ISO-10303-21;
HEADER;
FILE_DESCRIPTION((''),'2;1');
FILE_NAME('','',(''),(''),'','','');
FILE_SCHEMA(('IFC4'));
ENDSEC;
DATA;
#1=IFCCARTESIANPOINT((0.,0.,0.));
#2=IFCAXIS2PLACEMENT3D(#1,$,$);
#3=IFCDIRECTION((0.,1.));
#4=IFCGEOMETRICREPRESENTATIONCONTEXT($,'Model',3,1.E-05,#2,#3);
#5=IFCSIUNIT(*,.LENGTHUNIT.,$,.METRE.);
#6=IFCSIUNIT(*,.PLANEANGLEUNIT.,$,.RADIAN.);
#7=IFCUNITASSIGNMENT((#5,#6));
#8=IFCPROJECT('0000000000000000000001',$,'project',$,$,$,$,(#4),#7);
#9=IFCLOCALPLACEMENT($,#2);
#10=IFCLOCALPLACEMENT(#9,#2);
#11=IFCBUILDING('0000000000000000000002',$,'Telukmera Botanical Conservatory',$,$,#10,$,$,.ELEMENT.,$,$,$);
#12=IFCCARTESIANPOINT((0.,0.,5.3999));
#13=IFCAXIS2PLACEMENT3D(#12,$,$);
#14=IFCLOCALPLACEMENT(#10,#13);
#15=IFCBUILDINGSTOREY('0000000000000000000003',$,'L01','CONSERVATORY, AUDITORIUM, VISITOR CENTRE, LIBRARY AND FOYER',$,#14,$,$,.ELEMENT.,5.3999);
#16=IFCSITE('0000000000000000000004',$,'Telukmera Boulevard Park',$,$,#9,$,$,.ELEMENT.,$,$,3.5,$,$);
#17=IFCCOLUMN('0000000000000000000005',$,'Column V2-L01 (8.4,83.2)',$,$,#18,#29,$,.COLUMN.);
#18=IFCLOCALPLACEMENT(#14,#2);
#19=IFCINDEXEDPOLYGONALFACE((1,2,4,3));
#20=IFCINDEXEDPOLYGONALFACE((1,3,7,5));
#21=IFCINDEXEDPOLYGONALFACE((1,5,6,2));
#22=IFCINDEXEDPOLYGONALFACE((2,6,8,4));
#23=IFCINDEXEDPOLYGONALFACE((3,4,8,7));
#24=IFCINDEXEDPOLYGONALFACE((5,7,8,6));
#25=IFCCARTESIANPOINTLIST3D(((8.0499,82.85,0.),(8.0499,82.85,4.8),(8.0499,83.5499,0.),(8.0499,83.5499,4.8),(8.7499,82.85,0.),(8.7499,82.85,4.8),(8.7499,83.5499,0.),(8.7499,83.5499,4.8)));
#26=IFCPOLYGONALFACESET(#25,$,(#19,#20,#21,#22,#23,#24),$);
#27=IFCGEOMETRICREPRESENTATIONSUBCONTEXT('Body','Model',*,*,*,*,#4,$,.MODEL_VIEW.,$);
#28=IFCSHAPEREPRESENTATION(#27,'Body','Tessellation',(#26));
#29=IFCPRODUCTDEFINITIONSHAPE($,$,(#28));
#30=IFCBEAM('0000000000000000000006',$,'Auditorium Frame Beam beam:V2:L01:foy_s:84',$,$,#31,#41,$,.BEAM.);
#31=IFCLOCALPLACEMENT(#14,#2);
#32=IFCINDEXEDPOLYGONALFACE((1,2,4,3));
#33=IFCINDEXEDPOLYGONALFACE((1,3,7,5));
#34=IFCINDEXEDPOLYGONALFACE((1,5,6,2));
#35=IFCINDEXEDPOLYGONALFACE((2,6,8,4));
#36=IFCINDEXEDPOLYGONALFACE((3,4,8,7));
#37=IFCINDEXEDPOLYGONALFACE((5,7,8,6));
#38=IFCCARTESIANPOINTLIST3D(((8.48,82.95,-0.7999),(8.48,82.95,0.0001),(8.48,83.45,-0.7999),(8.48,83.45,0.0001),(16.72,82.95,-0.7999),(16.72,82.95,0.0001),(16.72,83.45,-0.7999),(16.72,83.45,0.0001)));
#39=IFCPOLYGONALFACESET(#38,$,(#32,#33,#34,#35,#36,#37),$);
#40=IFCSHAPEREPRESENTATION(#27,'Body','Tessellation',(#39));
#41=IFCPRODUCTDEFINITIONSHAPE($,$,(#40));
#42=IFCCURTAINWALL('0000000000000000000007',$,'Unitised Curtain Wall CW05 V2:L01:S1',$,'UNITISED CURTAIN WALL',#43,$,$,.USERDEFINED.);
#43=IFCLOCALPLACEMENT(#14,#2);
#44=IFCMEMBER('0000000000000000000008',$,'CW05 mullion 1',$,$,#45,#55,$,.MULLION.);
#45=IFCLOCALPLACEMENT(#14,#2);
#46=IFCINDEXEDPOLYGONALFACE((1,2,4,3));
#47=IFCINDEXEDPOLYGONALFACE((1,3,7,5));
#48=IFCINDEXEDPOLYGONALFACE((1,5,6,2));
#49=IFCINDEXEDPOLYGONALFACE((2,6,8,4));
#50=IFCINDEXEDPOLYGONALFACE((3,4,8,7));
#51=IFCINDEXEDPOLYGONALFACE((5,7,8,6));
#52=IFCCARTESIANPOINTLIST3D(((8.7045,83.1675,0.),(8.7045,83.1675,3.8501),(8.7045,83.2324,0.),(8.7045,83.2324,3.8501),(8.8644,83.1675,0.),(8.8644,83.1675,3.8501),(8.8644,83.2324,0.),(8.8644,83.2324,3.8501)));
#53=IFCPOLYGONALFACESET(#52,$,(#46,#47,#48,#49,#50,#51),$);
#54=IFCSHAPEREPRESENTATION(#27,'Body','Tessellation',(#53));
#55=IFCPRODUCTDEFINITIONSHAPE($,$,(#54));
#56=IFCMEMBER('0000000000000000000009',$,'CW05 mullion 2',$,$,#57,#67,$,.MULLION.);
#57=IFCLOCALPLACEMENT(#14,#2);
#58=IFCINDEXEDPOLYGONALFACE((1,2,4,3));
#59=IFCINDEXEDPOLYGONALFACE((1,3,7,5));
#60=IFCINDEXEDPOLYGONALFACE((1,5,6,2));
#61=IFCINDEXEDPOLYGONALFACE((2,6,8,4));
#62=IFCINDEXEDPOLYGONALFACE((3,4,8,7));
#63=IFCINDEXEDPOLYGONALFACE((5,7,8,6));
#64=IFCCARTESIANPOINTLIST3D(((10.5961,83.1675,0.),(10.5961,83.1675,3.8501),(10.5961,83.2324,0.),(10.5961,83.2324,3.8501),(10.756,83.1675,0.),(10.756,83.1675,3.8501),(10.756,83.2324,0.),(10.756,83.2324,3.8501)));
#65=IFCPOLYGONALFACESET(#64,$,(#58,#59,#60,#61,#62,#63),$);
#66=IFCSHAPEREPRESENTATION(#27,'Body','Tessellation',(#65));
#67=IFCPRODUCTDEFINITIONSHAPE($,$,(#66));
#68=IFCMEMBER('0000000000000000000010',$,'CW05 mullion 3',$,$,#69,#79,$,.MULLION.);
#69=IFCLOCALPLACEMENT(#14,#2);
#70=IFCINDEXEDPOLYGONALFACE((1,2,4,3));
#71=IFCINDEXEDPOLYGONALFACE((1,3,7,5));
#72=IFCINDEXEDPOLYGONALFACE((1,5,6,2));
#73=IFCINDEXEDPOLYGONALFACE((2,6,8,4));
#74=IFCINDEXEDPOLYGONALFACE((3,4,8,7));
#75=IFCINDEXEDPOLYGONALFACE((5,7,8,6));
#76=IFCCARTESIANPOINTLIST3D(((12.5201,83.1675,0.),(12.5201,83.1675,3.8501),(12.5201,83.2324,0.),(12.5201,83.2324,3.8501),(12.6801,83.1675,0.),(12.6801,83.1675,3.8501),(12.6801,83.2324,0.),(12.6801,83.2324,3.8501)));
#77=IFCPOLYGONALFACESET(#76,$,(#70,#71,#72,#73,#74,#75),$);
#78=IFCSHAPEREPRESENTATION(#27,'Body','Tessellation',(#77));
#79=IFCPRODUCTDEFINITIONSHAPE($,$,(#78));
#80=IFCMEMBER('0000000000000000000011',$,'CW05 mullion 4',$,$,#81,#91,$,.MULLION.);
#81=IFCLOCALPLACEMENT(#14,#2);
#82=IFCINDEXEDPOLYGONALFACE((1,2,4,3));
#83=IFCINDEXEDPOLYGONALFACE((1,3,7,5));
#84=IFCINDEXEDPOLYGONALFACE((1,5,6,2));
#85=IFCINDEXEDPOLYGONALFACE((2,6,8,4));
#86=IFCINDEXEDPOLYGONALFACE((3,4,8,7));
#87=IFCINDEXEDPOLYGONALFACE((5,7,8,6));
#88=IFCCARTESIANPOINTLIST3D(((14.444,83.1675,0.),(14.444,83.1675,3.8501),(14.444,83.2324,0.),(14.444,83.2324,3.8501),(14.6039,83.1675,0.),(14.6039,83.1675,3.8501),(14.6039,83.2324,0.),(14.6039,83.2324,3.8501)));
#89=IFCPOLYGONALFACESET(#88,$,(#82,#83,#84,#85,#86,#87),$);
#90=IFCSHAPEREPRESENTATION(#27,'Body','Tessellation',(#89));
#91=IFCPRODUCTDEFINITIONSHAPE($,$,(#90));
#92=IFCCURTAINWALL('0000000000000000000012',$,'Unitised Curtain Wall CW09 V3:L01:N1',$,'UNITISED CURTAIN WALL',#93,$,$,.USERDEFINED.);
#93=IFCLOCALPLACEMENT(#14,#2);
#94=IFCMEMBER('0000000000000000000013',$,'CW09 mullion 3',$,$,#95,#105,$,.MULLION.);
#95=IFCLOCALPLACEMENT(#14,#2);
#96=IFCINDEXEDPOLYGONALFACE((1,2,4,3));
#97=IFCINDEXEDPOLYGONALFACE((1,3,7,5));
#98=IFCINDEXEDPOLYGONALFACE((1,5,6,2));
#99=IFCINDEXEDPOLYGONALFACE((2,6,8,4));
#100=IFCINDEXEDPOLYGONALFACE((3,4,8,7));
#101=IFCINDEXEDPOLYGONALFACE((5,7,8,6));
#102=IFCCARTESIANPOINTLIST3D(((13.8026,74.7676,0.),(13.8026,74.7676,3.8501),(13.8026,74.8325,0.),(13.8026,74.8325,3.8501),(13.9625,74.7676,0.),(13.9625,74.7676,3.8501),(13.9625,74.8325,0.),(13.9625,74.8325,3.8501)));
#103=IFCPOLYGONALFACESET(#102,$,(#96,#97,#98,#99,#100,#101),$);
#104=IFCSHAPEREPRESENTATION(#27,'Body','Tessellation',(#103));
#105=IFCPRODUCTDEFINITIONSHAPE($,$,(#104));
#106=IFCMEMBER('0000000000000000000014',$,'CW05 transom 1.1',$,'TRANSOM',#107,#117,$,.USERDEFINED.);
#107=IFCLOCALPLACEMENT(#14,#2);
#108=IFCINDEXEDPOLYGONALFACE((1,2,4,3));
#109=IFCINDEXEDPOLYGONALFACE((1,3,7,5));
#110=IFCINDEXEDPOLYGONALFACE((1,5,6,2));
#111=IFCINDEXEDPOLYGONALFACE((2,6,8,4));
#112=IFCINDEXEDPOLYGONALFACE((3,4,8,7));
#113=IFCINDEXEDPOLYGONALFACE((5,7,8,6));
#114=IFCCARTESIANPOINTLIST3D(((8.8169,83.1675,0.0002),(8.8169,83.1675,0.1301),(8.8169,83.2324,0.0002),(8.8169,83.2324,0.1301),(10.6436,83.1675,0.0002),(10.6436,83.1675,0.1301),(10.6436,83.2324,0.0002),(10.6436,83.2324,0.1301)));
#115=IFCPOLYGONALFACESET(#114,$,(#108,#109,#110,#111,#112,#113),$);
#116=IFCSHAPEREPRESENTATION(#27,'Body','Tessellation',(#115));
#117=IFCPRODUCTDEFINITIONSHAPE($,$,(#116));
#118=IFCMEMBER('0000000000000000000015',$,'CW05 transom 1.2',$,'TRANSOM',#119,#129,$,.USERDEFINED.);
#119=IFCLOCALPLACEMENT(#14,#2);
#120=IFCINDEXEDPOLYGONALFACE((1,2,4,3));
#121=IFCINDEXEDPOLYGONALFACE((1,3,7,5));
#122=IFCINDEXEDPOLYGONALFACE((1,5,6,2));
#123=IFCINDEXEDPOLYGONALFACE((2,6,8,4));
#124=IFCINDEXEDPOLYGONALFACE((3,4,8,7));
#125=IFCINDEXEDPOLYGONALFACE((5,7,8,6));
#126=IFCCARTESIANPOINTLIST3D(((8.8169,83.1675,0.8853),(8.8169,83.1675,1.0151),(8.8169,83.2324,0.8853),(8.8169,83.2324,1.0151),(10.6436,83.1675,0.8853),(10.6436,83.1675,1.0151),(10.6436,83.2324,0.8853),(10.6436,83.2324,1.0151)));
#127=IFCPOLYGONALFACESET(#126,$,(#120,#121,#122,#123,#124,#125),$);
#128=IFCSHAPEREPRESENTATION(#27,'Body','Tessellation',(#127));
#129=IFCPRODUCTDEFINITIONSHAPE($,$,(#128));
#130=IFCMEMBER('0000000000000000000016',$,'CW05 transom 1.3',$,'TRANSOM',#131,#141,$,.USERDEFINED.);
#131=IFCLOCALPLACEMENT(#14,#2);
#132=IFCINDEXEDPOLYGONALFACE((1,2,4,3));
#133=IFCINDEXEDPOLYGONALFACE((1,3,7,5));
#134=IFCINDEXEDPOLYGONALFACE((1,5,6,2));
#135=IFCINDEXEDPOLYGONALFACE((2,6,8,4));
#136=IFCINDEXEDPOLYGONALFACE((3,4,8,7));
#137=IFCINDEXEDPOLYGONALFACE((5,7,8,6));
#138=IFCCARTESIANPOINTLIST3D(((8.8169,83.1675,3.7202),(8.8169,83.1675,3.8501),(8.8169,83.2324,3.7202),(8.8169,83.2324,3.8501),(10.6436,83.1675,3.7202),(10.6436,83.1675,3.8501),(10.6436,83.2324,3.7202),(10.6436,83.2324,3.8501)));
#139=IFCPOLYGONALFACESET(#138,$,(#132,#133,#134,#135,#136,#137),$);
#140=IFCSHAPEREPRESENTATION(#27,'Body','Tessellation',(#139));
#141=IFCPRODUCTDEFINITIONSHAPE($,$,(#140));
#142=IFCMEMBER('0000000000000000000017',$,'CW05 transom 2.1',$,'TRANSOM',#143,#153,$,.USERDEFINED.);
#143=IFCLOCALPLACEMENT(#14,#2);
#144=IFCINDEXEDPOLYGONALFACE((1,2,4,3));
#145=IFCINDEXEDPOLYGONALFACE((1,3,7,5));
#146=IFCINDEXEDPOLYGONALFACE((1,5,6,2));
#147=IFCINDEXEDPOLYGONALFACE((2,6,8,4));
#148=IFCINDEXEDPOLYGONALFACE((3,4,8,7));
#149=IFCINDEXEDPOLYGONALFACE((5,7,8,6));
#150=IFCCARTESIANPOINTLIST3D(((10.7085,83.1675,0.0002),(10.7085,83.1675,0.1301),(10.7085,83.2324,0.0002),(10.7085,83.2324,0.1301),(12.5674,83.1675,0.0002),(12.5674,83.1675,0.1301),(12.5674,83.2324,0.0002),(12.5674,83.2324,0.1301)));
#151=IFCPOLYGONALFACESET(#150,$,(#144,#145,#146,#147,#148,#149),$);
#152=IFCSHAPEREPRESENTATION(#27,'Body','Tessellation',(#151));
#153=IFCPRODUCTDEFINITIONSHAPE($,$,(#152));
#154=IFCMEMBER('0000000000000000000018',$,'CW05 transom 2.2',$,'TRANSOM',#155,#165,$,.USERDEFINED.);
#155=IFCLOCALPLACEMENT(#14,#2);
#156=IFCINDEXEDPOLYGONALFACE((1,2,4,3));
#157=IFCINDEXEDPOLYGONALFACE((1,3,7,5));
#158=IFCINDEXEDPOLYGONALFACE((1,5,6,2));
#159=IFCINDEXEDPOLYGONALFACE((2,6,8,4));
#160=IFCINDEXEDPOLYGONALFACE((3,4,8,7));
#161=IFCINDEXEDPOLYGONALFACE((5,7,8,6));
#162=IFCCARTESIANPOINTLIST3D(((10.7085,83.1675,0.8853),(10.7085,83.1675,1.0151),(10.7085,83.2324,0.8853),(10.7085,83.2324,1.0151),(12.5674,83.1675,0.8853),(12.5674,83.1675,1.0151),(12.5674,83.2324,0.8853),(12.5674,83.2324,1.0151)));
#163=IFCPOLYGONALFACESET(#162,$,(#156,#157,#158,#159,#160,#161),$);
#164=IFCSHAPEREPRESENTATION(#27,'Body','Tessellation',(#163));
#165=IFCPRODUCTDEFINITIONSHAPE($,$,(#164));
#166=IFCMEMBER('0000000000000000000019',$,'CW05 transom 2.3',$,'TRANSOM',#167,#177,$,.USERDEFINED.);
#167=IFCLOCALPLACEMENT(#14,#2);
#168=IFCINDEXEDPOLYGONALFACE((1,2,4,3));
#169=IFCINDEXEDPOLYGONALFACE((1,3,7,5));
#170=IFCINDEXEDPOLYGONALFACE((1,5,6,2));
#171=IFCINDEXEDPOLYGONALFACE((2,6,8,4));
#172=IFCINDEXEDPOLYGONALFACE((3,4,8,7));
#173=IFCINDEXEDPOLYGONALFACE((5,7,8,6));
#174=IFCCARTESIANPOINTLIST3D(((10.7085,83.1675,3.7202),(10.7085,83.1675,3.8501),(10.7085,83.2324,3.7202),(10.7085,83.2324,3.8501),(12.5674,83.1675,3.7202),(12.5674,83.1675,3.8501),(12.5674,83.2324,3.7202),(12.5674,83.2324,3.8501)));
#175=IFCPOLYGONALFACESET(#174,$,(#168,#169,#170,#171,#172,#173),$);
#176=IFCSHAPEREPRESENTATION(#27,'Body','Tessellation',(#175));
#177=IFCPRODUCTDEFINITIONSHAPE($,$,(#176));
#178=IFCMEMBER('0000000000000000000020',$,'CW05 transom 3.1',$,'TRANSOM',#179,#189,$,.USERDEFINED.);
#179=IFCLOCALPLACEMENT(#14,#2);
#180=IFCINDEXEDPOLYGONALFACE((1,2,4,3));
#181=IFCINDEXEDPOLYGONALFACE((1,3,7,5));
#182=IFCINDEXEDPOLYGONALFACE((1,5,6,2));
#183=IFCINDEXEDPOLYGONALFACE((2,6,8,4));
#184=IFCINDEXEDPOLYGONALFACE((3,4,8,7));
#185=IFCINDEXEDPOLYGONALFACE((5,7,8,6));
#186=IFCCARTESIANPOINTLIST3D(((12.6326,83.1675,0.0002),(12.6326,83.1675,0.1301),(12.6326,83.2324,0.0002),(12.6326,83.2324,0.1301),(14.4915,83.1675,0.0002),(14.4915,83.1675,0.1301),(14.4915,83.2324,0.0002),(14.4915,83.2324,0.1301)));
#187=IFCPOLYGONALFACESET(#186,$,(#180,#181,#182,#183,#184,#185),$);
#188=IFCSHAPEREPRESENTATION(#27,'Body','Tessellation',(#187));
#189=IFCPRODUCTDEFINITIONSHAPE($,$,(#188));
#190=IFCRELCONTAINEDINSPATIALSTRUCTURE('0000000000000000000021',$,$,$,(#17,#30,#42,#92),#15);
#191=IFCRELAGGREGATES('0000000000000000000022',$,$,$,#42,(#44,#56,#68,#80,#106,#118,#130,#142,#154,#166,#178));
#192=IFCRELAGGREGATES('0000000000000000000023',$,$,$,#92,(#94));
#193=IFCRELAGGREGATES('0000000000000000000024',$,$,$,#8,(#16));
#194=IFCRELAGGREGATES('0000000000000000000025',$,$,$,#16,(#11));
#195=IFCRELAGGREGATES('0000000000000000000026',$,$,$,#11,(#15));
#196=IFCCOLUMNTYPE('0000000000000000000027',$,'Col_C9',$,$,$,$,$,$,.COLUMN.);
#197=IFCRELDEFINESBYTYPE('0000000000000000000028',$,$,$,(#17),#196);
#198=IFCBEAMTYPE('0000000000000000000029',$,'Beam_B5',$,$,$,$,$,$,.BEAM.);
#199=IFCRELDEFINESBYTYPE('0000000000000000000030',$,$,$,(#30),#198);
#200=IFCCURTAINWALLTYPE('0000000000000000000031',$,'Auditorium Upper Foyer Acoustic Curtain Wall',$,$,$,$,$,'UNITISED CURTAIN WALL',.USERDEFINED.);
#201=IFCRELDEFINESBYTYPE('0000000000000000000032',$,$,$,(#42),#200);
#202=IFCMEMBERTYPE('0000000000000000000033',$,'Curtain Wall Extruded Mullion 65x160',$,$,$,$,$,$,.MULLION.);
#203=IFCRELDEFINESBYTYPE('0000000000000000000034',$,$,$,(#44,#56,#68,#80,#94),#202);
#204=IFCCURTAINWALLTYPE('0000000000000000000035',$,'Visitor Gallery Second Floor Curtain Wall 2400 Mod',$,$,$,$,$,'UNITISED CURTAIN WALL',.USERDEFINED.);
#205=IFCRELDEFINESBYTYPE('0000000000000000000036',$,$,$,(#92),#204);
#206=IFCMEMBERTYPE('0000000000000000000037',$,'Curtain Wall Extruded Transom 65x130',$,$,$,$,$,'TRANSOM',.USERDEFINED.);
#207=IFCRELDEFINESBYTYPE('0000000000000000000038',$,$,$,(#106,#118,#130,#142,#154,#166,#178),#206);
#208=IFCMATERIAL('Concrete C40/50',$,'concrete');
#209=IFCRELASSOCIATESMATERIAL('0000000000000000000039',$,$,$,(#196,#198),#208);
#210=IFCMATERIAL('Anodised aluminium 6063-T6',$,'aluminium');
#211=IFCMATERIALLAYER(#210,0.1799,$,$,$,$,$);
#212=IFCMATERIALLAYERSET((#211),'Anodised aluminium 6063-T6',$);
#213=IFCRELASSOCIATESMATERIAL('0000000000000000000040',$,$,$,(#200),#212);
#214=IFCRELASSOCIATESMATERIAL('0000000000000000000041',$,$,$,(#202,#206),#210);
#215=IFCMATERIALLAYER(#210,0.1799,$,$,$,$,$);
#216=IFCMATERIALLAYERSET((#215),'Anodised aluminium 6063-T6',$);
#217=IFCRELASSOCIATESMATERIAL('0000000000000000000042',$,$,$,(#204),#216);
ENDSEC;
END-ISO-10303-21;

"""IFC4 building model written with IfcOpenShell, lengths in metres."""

from ifc_helpers import new_model, si_unit, direction, frame, origin, origin_2d, place, context, subcontext, project, spatial, rectangle, extrude, material, layer, layer_set, material_profile, profile_set, type_object, element, aggregate, save


model = new_model("IFC4")

# Units and contexts
model_context = context("Model", 3, precision=1e-05, world=origin(), true_north=direction((0.0, 1.0)))
body_context = subcontext(model_context, "Body", "Model", "MODEL_VIEW")
ifc_project = project(units=[si_unit("LENGTHUNIT", "METRE"), si_unit("PLANEANGLEUNIT", "RADIAN")], contexts=[model_context])

# Site, building, storey
site_placement = place(None, origin())
site = spatial("IfcSite", under=ifc_project, at=site_placement, Name="Telukmera Boulevard Park", CompositionType="ELEMENT", RefElevation=3.5)
building_placement = place(site_placement, origin())
building = spatial("IfcBuilding", under=site, at=building_placement, Name="Telukmera Botanical Conservatory", CompositionType="ELEMENT")
storey_placement = place(building_placement, frame((0.0, 0.0, 5.3999)))
storey = spatial("IfcBuildingStorey", under=building, at=storey_placement, Name="L01", Description="CONSERVATORY, AUDITORIUM, VISITOR CENTRE, LIBRARY AND FOYER", CompositionType="ELEMENT", Elevation=5.3999)

# Column
ifc_material_1 = material(Name="Concrete C40/50", Category="concrete")
ifc_material_profile_1 = material_profile(ifc_material_1, rectangle(XDim=0.7, YDim=0.7, at=origin_2d()), Name="RC 700x700")
ifc_profile_set_1 = profile_set([ifc_material_profile_1], Name="Concrete C40/50")
column_type = type_object("IfcColumnType", Name="Col_C9", PredefinedType="COLUMN", material=ifc_profile_set_1)
column_placement = place(storey_placement, frame((8.3999, 83.2, 0.0), z_axis=(0.0, 0.0, 1.0), x_axis=(1.0, 0.0, 0.0)))
element("IfcColumn", 1, at=column_placement, inside=storey, type_object=column_type, Name="Column V2-L01 (8.4,83.2)", PredefinedType="COLUMN", context=body_context, shape_type="SweptSolid", body=[
    extrude(rectangle(XDim=0.7, YDim=0.7, at=origin_2d()), origin(), (0.0, 0.0, 1.0), 4.8),
])

# Beam
ifc_material_profile_2 = material_profile(ifc_material_1, rectangle(XDim=0.5, YDim=0.8, at=origin_2d()), Name="RC 500x800")
ifc_profile_set_2 = profile_set([ifc_material_profile_2], Name="Concrete C40/50")
beam_type = type_object("IfcBeamType", Name="Beam_B5", PredefinedType="BEAM", material=ifc_profile_set_2)
beam_placement = place(storey_placement, frame((8.48, 83.2, -0.3999), z_axis=(1.0, 0.0, 0.0), x_axis=(0.0, 1.0, 0.0)))
element("IfcBeam", 2, at=beam_placement, inside=storey, type_object=beam_type, Name="Auditorium Frame Beam beam:V2:L01:foy_s:84", PredefinedType="BEAM", context=body_context, shape_type="SweptSolid", body=[
    extrude(rectangle(XDim=0.5, YDim=0.8, at=origin_2d()), origin(), (0.0, 0.0, 1.0), 8.24),
])

# Curtain wall, members
ifc_material_2 = material(Name="Anodised aluminium 6063-T6", Category="aluminium")
ifc_layer_1 = layer(ifc_material_2, 0.1799)
ifc_layer_set_1 = layer_set([ifc_layer_1], Name="Anodised aluminium 6063-T6")
curtain_wall_type_1 = type_object("IfcCurtainWallType", Name="Auditorium Upper Foyer Acoustic Curtain Wall", ElementType="UNITISED CURTAIN WALL", PredefinedType="USERDEFINED", material=ifc_layer_set_1)
curtain_wall_1_placement = place(storey_placement, origin())
curtain_wall_1 = element("IfcCurtainWall", 3, at=curtain_wall_1_placement, inside=storey, type_object=curtain_wall_type_1, Name="Unitised Curtain Wall CW05 V2:L01:S1", ObjectType="UNITISED CURTAIN WALL", PredefinedType="USERDEFINED")
ifc_material_profile_3 = material_profile(ifc_material_2, rectangle(XDim=0.0649, YDim=0.1599, at=origin_2d()), Name="ALU MULL 65x160")
ifc_profile_set_3 = profile_set([ifc_material_profile_3], Name="Anodised aluminium 6063-T6")
member_type_1 = type_object("IfcMemberType", Name="Curtain Wall Extruded Mullion 65x160", PredefinedType="MULLION", material=ifc_profile_set_3)
member_1_placement = place(storey_placement, frame((8.7844, 83.2, 0.0), z_axis=(0.0, 0.0, 1.0), x_axis=(0.0, 1.0, 0.0)))
member_1 = element("IfcMember", 4, at=member_1_placement, type_object=member_type_1, Name="CW05 mullion 1", PredefinedType="MULLION", context=body_context, shape_type="SweptSolid", body=[
    extrude(rectangle(XDim=0.0649, YDim=0.1599, at=origin_2d()), origin(), (0.0, 0.0, 1.0), 3.8501),
])
member_2_placement = place(storey_placement, frame((10.676, 83.2, 0.0), z_axis=(0.0, 0.0, 1.0), x_axis=(0.0, 1.0, 0.0)))
member_2 = element("IfcMember", 5, at=member_2_placement, type_object=member_type_1, Name="CW05 mullion 2", PredefinedType="MULLION", context=body_context, shape_type="SweptSolid", body=[
    extrude(rectangle(XDim=0.0649, YDim=0.1599, at=origin_2d()), origin(), (0.0, 0.0, 1.0), 3.8501),
])
member_3_placement = place(storey_placement, frame((12.6001, 83.2, 0.0), z_axis=(0.0, 0.0, 1.0), x_axis=(0.0, 1.0, 0.0)))
member_3 = element("IfcMember", 6, at=member_3_placement, type_object=member_type_1, Name="CW05 mullion 3", PredefinedType="MULLION", context=body_context, shape_type="SweptSolid", body=[
    extrude(rectangle(XDim=0.0649, YDim=0.1599, at=origin_2d()), origin(), (0.0, 0.0, 1.0), 3.8501),
])
member_4_placement = place(storey_placement, frame((14.5239, 83.2, 0.0), z_axis=(0.0, 0.0, 1.0), x_axis=(0.0, 1.0, 0.0)))
member_4 = element("IfcMember", 7, at=member_4_placement, type_object=member_type_1, Name="CW05 mullion 4", PredefinedType="MULLION", context=body_context, shape_type="SweptSolid", body=[
    extrude(rectangle(XDim=0.0649, YDim=0.1599, at=origin_2d()), origin(), (0.0, 0.0, 1.0), 3.8501),
])

# Curtain wall, member
ifc_layer_2 = layer(ifc_material_2, 0.1799)
ifc_layer_set_2 = layer_set([ifc_layer_2], Name="Anodised aluminium 6063-T6")
curtain_wall_type_2 = type_object("IfcCurtainWallType", Name="Visitor Gallery Second Floor Curtain Wall 2400 Mod", ElementType="UNITISED CURTAIN WALL", PredefinedType="USERDEFINED", material=ifc_layer_set_2)
curtain_wall_2_placement = place(storey_placement, origin())
curtain_wall_2 = element("IfcCurtainWall", 8, at=curtain_wall_2_placement, inside=storey, type_object=curtain_wall_type_2, Name="Unitised Curtain Wall CW09 V3:L01:N1", ObjectType="UNITISED CURTAIN WALL", PredefinedType="USERDEFINED")
member_5_placement = place(storey_placement, frame((13.8826, 74.8, 0.0), z_axis=(0.0, 0.0, 1.0), x_axis=(0.0, 1.0, 0.0)))
member_5 = element("IfcMember", 9, at=member_5_placement, type_object=member_type_1, Name="CW09 mullion 3", PredefinedType="MULLION", context=body_context, shape_type="SweptSolid", body=[
    extrude(rectangle(XDim=0.0649, YDim=0.1599, at=origin_2d()), origin(), (0.0, 0.0, 1.0), 3.8501),
])

# Members
ifc_material_profile_4 = material_profile(ifc_material_2, rectangle(XDim=0.0649, YDim=0.1299, at=origin_2d()), Name="ALU TRAN 65x130")
ifc_profile_set_4 = profile_set([ifc_material_profile_4], Name="Anodised aluminium 6063-T6")
member_type_2 = type_object("IfcMemberType", Name="Curtain Wall Extruded Transom 65x130", ElementType="TRANSOM", PredefinedType="USERDEFINED", material=ifc_profile_set_4)
member_6_placement = place(storey_placement, frame((8.8169, 83.2, 0.0652), z_axis=(1.0, 0.0, 0.0), x_axis=(0.0, 1.0, 0.0)))
member_6 = element("IfcMember", 10, at=member_6_placement, type_object=member_type_2, Name="CW05 transom 1.1", ObjectType="TRANSOM", PredefinedType="USERDEFINED", context=body_context, shape_type="SweptSolid", body=[
    extrude(rectangle(XDim=0.0649, YDim=0.1299, at=origin_2d()), origin(), (0.0, 0.0, 1.0), 1.8267),
])
member_7_placement = place(storey_placement, frame((8.8169, 83.2, 0.9502), z_axis=(1.0, 0.0, 0.0), x_axis=(0.0, 1.0, 0.0)))
member_7 = element("IfcMember", 11, at=member_7_placement, type_object=member_type_2, Name="CW05 transom 1.2", ObjectType="TRANSOM", PredefinedType="USERDEFINED", context=body_context, shape_type="SweptSolid", body=[
    extrude(rectangle(XDim=0.0649, YDim=0.1299, at=origin_2d()), origin(), (0.0, 0.0, 1.0), 1.8267),
])
member_8_placement = place(storey_placement, frame((8.8169, 83.2, 3.7852), z_axis=(1.0, 0.0, 0.0), x_axis=(0.0, 1.0, 0.0)))
member_8 = element("IfcMember", 12, at=member_8_placement, type_object=member_type_2, Name="CW05 transom 1.3", ObjectType="TRANSOM", PredefinedType="USERDEFINED", context=body_context, shape_type="SweptSolid", body=[
    extrude(rectangle(XDim=0.0649, YDim=0.1299, at=origin_2d()), origin(), (0.0, 0.0, 1.0), 1.8267),
])
member_9_placement = place(storey_placement, frame((10.7085, 83.2, 0.0652), z_axis=(1.0, 0.0, 0.0), x_axis=(0.0, 1.0, 0.0)))
member_9 = element("IfcMember", 13, at=member_9_placement, type_object=member_type_2, Name="CW05 transom 2.1", ObjectType="TRANSOM", PredefinedType="USERDEFINED", context=body_context, shape_type="SweptSolid", body=[
    extrude(rectangle(XDim=0.0649, YDim=0.1299, at=origin_2d()), origin(), (0.0, 0.0, 1.0), 1.8589),
])
member_10_placement = place(storey_placement, frame((10.7085, 83.2, 0.9502), z_axis=(1.0, 0.0, 0.0), x_axis=(0.0, 1.0, 0.0)))
member_10 = element("IfcMember", 14, at=member_10_placement, type_object=member_type_2, Name="CW05 transom 2.2", ObjectType="TRANSOM", PredefinedType="USERDEFINED", context=body_context, shape_type="SweptSolid", body=[
    extrude(rectangle(XDim=0.0649, YDim=0.1299, at=origin_2d()), origin(), (0.0, 0.0, 1.0), 1.8589),
])
member_11_placement = place(storey_placement, frame((10.7085, 83.2, 3.7852), z_axis=(1.0, 0.0, 0.0), x_axis=(0.0, 1.0, 0.0)))
member_11 = element("IfcMember", 15, at=member_11_placement, type_object=member_type_2, Name="CW05 transom 2.3", ObjectType="TRANSOM", PredefinedType="USERDEFINED", context=body_context, shape_type="SweptSolid", body=[
    extrude(rectangle(XDim=0.0649, YDim=0.1299, at=origin_2d()), origin(), (0.0, 0.0, 1.0), 1.8589),
])
member_12_placement = place(storey_placement, frame((12.6326, 83.2, 0.0652), z_axis=(1.0, 0.0, 0.0), x_axis=(0.0, 1.0, 0.0)))
member_12 = element("IfcMember", 16, at=member_12_placement, type_object=member_type_2, Name="CW05 transom 3.1", ObjectType="TRANSOM", PredefinedType="USERDEFINED", context=body_context, shape_type="SweptSolid", body=[
    extrude(rectangle(XDim=0.0649, YDim=0.1299, at=origin_2d()), origin(), (0.0, 0.0, 1.0), 1.8589),
])

aggregate(curtain_wall_1, [member_1, member_2, member_3, member_4, member_6, member_7, member_8, member_9, member_10, member_11, member_12])
aggregate(curtain_wall_2, [member_5])

save(model, "model.ifc")
